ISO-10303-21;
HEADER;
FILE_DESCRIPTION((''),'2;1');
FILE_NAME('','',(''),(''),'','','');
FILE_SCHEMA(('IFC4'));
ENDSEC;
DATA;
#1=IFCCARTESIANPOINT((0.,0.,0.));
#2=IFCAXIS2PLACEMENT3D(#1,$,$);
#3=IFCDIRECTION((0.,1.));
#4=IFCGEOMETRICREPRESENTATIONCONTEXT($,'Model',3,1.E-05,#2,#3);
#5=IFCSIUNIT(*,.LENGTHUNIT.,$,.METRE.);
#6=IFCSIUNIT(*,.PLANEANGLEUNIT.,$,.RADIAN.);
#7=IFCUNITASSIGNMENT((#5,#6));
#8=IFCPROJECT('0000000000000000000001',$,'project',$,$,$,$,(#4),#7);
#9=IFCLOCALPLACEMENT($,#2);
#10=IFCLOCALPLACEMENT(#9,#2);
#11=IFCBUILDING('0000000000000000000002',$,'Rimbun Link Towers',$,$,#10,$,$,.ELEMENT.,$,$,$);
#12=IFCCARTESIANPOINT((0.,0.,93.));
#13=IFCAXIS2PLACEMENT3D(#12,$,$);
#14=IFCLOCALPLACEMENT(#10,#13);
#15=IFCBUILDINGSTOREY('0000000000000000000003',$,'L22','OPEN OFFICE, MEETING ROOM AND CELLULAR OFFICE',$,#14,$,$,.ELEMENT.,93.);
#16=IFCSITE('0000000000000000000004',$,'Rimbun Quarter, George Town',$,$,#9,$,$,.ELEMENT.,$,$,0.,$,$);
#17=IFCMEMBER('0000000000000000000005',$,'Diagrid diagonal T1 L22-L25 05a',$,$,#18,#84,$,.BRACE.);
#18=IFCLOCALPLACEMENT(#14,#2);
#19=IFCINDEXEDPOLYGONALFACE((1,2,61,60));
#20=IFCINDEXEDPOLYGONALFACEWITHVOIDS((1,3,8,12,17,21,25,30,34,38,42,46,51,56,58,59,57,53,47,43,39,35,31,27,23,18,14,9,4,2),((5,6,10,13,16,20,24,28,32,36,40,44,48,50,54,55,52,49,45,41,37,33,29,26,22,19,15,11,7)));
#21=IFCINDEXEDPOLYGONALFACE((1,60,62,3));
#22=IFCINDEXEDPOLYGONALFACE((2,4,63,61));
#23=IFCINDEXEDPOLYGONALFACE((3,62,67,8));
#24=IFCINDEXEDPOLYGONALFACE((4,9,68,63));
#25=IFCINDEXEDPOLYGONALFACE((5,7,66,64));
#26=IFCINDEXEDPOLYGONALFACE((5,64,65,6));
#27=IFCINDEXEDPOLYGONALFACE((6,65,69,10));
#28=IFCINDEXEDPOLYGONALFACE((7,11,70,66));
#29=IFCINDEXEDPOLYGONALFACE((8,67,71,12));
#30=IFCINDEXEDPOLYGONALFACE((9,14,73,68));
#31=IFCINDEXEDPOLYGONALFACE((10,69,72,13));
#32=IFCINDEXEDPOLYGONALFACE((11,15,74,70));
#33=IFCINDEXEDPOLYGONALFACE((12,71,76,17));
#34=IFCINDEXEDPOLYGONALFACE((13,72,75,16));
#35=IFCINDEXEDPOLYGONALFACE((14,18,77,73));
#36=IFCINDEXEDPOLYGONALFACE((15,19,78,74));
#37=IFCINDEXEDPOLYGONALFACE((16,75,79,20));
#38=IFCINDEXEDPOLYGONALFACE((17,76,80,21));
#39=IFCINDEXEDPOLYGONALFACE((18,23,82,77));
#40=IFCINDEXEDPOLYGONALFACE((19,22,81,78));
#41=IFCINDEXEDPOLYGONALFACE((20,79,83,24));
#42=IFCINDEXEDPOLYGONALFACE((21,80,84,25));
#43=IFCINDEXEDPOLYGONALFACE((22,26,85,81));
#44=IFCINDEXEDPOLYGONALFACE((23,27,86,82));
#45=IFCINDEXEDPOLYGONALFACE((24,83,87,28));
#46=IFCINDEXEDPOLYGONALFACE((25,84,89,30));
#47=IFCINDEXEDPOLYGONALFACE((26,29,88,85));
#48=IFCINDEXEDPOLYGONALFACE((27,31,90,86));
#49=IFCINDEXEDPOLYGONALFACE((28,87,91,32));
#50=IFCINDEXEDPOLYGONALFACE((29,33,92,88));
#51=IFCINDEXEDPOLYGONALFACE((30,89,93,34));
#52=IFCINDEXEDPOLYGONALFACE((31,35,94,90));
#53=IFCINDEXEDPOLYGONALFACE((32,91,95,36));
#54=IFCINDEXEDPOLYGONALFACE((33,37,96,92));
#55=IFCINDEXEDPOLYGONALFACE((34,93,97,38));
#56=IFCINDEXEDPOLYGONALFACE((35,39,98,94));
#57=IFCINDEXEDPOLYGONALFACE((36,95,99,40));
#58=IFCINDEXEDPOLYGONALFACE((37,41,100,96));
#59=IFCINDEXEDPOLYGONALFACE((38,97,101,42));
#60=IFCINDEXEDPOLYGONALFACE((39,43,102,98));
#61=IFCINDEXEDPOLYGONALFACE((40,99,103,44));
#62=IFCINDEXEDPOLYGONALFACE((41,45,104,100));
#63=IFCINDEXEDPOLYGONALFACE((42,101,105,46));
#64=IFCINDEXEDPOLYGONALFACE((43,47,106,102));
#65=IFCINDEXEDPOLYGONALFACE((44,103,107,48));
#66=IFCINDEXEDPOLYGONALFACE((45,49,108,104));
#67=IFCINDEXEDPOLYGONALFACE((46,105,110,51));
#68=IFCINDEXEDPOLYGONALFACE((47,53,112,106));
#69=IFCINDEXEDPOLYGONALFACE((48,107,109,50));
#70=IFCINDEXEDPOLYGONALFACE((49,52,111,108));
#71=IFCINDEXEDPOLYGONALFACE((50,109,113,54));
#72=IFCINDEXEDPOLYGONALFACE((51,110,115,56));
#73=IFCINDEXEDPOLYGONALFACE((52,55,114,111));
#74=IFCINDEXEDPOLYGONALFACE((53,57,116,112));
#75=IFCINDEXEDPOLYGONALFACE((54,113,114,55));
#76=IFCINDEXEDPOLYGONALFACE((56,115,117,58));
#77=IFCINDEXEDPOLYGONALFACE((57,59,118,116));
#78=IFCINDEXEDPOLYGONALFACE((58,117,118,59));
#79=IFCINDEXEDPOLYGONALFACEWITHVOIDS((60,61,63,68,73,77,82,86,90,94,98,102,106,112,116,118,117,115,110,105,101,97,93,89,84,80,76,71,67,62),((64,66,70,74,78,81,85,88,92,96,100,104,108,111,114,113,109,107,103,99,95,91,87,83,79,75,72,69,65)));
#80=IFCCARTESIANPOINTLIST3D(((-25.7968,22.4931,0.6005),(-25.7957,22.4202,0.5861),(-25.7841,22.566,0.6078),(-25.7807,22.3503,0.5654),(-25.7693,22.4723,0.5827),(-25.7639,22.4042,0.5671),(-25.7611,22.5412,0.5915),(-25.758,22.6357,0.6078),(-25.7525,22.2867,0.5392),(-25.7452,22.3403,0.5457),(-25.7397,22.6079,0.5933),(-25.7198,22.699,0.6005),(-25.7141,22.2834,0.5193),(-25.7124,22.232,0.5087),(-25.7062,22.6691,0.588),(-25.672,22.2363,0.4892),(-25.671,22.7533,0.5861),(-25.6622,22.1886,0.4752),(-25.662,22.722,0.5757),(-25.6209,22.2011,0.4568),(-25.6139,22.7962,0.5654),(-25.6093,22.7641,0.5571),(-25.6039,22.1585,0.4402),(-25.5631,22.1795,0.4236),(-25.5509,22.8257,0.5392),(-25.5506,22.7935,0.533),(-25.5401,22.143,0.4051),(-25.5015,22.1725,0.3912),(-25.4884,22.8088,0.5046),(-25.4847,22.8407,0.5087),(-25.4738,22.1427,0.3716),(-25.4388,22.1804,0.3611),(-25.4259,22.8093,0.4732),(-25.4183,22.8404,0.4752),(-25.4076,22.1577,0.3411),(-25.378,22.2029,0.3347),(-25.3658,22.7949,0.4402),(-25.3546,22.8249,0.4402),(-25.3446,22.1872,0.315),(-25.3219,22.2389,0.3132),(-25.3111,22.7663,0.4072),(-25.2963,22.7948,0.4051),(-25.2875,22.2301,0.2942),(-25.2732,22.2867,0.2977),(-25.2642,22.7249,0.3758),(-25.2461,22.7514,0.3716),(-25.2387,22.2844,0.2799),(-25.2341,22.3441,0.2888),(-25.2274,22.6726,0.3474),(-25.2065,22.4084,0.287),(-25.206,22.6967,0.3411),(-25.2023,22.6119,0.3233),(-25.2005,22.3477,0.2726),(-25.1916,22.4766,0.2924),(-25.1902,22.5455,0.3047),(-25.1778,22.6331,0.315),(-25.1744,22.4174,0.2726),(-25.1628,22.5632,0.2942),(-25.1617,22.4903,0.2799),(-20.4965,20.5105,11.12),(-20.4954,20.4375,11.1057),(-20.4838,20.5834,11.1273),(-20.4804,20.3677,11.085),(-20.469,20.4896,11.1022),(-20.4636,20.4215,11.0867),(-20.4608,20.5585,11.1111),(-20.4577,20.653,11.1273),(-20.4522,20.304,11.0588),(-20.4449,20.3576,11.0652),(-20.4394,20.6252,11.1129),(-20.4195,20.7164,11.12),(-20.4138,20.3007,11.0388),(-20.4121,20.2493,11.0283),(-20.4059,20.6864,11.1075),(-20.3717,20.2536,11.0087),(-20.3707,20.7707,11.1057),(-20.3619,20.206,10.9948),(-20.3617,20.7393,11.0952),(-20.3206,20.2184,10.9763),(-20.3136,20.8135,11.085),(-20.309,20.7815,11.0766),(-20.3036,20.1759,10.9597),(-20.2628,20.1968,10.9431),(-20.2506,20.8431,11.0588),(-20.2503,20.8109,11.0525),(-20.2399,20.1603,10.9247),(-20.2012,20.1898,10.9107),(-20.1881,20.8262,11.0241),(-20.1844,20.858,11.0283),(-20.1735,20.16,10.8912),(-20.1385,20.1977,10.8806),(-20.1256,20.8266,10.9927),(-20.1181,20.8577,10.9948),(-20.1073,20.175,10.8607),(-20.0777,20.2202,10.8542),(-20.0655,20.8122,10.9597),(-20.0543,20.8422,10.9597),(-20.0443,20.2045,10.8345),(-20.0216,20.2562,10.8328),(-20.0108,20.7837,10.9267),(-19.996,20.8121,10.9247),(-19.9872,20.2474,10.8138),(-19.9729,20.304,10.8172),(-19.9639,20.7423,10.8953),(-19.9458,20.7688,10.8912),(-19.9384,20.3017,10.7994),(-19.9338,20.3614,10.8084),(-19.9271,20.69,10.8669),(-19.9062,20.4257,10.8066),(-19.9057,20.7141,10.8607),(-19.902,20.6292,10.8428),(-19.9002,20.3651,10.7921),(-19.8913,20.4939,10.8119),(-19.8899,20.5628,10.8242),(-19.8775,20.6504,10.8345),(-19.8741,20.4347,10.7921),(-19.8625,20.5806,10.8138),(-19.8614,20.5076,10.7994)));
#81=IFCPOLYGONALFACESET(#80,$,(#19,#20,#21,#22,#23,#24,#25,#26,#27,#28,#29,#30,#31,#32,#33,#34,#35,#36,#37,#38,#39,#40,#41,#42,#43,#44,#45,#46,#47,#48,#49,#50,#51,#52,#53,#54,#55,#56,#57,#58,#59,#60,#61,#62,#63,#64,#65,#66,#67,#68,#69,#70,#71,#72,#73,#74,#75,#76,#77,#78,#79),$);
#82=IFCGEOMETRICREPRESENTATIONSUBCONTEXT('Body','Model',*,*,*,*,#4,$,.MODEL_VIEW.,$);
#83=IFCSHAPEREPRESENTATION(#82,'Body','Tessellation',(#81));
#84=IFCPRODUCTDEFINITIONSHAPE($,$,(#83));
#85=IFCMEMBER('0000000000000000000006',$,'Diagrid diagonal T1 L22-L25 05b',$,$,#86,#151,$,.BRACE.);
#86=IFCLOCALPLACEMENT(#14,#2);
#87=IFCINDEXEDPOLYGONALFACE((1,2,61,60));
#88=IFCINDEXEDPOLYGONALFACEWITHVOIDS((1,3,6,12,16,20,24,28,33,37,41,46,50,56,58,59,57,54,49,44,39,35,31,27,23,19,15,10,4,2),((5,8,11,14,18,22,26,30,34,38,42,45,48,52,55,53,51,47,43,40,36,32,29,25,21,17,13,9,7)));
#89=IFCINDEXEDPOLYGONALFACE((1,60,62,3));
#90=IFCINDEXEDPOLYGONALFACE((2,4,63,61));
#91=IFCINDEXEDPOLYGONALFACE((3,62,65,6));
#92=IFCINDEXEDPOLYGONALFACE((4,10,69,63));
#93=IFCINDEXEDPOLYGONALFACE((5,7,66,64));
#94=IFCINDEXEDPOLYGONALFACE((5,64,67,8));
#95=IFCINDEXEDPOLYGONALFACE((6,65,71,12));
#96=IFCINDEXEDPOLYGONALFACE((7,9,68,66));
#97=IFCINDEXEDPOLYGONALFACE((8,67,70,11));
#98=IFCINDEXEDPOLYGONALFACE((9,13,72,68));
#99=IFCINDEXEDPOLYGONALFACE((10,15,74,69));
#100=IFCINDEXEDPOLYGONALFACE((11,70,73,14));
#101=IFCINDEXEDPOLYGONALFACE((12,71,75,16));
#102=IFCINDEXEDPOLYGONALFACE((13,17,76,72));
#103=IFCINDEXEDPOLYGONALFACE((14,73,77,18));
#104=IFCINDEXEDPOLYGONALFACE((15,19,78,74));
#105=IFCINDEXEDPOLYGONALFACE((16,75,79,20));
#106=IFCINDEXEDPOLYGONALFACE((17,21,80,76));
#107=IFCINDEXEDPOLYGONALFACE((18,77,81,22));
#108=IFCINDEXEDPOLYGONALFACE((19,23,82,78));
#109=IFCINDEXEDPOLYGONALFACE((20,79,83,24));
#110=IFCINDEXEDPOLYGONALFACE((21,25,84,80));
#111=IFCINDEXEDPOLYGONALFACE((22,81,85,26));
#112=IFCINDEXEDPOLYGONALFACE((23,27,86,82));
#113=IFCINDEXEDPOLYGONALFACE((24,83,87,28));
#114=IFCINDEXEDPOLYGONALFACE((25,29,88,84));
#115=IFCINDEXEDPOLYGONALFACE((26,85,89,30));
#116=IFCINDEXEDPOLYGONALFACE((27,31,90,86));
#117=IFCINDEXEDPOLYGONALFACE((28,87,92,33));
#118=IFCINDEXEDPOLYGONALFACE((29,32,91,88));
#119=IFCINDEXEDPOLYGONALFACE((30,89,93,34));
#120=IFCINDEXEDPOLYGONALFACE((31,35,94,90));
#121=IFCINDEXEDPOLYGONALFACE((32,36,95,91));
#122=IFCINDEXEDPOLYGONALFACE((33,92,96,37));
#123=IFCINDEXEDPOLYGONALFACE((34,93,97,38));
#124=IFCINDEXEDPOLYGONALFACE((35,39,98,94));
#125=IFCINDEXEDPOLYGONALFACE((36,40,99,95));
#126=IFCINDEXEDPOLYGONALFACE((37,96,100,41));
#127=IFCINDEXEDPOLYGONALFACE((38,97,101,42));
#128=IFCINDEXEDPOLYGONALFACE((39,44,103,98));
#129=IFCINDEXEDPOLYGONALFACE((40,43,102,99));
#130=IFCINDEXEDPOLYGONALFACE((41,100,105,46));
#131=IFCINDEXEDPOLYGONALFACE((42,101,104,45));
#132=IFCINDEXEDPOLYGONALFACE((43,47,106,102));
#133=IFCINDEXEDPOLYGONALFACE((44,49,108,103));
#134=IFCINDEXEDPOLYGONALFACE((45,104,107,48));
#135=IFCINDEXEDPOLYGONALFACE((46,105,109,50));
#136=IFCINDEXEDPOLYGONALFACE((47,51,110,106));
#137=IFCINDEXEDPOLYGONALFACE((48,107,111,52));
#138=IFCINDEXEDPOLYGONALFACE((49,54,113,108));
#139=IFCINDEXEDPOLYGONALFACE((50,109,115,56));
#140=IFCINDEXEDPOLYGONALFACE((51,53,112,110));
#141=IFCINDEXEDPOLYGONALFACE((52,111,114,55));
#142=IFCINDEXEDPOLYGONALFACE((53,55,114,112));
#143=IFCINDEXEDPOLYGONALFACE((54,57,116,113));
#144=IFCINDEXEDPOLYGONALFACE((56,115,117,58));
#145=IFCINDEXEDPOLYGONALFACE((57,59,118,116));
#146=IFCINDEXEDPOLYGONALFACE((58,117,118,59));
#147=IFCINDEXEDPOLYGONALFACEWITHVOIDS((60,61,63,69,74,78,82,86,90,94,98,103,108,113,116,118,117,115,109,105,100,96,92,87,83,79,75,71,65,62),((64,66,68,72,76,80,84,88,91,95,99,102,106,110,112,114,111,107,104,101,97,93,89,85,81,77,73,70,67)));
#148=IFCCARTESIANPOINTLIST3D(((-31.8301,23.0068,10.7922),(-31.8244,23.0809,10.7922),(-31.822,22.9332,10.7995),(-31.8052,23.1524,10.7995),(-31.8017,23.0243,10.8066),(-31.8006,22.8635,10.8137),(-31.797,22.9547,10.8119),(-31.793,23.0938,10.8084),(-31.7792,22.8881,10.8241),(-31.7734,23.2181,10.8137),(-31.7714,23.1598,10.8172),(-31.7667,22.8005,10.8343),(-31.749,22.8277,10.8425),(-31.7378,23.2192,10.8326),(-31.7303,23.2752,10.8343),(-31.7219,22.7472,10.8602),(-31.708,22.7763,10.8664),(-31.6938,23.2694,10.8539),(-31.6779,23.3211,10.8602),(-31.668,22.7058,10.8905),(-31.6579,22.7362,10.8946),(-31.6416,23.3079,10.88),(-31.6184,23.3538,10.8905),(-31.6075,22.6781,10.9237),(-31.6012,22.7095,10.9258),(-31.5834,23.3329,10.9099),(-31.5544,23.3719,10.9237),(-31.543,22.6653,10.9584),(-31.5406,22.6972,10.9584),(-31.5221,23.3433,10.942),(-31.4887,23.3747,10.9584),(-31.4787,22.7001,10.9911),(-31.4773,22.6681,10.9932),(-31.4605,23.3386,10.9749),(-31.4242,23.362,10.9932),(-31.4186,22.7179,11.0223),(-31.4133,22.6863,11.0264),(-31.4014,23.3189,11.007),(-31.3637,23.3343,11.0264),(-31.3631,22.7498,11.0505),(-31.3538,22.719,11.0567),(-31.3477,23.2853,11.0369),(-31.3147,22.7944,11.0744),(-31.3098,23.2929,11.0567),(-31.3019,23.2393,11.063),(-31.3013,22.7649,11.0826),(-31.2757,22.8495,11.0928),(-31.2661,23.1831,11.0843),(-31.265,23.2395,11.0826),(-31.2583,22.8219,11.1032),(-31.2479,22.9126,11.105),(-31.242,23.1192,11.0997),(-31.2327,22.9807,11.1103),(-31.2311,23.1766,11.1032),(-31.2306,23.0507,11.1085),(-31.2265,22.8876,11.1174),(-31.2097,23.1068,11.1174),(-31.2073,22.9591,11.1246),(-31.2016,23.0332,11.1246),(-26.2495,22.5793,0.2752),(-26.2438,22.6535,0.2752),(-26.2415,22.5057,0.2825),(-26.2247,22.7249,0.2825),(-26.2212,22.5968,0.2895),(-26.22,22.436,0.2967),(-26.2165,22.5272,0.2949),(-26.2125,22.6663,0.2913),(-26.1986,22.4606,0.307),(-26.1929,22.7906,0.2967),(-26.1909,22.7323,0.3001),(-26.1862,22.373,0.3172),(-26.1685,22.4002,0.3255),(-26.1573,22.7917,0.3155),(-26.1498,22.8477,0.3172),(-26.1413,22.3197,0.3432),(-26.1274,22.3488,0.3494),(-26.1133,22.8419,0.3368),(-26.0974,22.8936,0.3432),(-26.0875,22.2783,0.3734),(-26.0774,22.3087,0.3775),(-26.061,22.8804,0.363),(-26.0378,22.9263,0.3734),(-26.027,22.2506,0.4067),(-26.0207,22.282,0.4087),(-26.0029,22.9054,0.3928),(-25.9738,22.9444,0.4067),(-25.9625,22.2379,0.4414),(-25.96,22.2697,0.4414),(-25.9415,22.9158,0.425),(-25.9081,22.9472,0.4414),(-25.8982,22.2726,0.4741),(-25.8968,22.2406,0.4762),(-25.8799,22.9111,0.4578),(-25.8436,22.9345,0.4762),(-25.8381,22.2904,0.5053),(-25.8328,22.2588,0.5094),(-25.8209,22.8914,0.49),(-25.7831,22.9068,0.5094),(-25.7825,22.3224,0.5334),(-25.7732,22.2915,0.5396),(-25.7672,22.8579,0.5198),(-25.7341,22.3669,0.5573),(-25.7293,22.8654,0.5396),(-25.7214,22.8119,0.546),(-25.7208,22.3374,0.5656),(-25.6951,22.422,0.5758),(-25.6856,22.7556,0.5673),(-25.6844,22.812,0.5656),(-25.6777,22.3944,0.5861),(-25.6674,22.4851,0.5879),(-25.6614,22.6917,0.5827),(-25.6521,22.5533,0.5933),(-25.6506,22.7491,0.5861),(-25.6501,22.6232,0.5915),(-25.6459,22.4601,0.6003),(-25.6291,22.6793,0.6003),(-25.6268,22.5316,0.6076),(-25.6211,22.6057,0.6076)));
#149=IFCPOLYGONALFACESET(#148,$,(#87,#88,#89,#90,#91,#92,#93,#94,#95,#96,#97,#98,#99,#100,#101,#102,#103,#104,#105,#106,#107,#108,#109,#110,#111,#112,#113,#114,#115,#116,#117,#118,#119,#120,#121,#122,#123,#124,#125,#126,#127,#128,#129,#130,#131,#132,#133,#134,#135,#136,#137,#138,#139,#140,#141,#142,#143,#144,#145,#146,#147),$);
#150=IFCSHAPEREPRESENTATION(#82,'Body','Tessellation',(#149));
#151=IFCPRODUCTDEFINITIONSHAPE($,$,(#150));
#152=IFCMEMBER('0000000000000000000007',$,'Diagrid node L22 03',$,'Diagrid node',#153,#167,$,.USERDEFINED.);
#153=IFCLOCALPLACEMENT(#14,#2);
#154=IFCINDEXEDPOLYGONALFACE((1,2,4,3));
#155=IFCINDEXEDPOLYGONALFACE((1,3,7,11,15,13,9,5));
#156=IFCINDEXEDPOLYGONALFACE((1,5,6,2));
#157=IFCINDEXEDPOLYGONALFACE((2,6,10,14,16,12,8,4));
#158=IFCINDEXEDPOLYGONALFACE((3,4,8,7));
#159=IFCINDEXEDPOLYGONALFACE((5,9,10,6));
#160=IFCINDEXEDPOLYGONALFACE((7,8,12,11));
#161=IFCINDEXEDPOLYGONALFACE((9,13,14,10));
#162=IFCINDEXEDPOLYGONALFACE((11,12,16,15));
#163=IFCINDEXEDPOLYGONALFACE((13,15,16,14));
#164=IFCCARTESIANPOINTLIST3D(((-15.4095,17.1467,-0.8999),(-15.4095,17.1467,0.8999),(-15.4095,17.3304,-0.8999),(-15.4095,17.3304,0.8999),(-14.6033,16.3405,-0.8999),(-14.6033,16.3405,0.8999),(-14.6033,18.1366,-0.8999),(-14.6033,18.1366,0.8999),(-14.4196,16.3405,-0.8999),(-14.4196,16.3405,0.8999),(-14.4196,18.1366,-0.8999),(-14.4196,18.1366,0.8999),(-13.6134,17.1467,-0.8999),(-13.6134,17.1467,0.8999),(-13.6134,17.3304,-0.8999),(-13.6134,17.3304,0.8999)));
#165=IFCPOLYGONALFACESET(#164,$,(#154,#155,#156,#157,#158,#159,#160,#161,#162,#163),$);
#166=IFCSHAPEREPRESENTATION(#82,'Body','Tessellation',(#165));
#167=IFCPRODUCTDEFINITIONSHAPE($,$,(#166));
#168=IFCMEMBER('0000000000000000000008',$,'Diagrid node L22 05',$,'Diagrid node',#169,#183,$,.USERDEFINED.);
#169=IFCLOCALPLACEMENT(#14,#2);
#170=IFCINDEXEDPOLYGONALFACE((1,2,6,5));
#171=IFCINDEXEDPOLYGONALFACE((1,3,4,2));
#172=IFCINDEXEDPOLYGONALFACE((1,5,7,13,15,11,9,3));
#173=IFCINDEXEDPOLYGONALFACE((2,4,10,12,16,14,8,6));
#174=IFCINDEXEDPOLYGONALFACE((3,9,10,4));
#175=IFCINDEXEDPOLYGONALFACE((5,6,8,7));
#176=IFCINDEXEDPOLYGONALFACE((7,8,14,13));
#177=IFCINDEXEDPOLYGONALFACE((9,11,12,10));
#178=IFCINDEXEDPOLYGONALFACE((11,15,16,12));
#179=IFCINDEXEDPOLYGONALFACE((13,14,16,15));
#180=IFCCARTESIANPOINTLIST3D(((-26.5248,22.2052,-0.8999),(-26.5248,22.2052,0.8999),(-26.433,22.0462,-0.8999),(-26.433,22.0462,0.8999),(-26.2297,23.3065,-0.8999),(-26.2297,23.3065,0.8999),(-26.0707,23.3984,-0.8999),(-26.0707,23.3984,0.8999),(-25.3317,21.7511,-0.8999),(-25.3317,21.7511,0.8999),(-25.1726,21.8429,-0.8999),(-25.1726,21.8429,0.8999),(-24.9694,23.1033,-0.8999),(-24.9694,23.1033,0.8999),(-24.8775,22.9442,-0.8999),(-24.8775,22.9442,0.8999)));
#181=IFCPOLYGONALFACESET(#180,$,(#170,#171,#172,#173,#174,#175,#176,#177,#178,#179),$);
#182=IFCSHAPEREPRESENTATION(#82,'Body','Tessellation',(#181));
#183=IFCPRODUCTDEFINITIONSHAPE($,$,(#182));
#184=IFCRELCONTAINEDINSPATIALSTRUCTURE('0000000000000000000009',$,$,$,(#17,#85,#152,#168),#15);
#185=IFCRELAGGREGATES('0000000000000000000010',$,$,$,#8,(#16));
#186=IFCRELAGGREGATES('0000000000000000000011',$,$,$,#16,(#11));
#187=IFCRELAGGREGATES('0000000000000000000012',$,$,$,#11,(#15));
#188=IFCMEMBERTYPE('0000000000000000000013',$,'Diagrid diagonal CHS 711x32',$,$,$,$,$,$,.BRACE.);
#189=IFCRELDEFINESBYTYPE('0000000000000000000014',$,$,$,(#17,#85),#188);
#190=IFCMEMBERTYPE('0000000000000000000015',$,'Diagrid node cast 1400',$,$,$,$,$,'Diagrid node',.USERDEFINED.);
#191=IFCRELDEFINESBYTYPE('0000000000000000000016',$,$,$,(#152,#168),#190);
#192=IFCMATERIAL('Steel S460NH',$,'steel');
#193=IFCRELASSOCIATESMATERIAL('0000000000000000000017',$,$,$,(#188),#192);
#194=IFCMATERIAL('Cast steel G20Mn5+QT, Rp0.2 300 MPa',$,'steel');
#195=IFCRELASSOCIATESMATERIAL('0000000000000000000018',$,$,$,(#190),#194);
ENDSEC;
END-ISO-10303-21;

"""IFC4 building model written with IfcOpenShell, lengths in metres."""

from ifc_helpers import new_model, si_unit, direction, frame, origin, origin_2d, place, context, subcontext, project, spatial, polyline, hollow_circle, outline, extrude, material, material_profile, profile_set, type_object, element, save


model = new_model("IFC4")

# Units and contexts
model_context = context("Model", 3, precision=1e-05, world=origin(), true_north=direction((0.0, 1.0)))
body_context = subcontext(model_context, "Body", "Model", "MODEL_VIEW")
ifc_project = project(units=[si_unit("LENGTHUNIT", "METRE"), si_unit("PLANEANGLEUNIT", "RADIAN")], contexts=[model_context])

# Site, building, storey
site_placement = place(None, origin())
site = spatial("IfcSite", under=ifc_project, at=site_placement, Name="Rimbun Quarter, George Town", CompositionType="ELEMENT", RefElevation=0.0)
building_placement = place(site_placement, origin())
building = spatial("IfcBuilding", under=site, at=building_placement, Name="Rimbun Link Towers", CompositionType="ELEMENT")
storey_placement = place(building_placement, frame((0.0, 0.0, 93.0)))
storey = spatial("IfcBuildingStorey", under=building, at=storey_placement, Name="L22", Description="OPEN OFFICE, MEETING ROOM AND CELLULAR OFFICE", CompositionType="ELEMENT", Elevation=93.0)

# Members
ifc_material_1 = material(Name="Steel S460NH", Category="steel")
ifc_material_profile_1 = material_profile(ifc_material_1, hollow_circle(Radius=0.3557, WallThickness=0.032, at=origin_2d()), Name="Diagrid diagonal CHS 711x32")
ifc_profile_set_1 = profile_set([ifc_material_profile_1], Name="Steel S460NH")
member_type_1 = type_object("IfcMemberType", Name="Diagrid diagonal CHS 711x32", PredefinedType="BRACE", material=ifc_profile_set_1)
member_1_placement = place(storey_placement, frame((-25.4792, 22.4917, 0.4402), z_axis=(0.443722, -0.165982, 0.880659), x_axis=(0.350357, 0.936616, 0.0)))
element("IfcMember", 1, at=member_1_placement, inside=storey, type_object=member_type_1, Name="Diagrid diagonal T1 L22-L25 05a", PredefinedType="BRACE", context=body_context, shape_type="SweptSolid", body=[
    extrude(hollow_circle(Radius=0.3557, WallThickness=0.032, at=origin_2d()), origin(), (0.0, 0.0, 1.0), 11.9451),
])
member_2_placement = place(storey_placement, frame((-25.9353, 22.5925, 0.4414), z_axis=(-0.468419, 0.035882, 0.882778), x_axis=(-0.07638, -0.997079, 0.0)))
element("IfcMember", 2, at=member_2_placement, inside=storey, type_object=member_type_1, Name="Diagrid diagonal T1 L22-L25 05b", PredefinedType="BRACE", context=body_context, shape_type="SweptSolid", body=[
    extrude(hollow_circle(Radius=0.3557, WallThickness=0.032, at=origin_2d()), origin(), (0.0, 0.0, 1.0), 11.9136),
])
ifc_material_2 = material(Name="Cast steel G20Mn5+QT, Rp0.2 300 MPa", Category="steel")
ifc_material_profile_2 = material_profile(ifc_material_2, outline(polyline([(0.7, -0.5701), (0.7, 0.5701), (0.5701, 0.7), (-0.5701, 0.7), (-0.7, 0.5701), (-0.7, -0.5701), (-0.5701, -0.7), (0.5701, -0.7), (0.7, -0.5701)])), Name="NODE 1400x1400")
ifc_profile_set_2 = profile_set([ifc_material_profile_2], Name="Cast steel G20Mn5+QT, Rp0.2 300 MPa")
member_type_2 = type_object("IfcMemberType", Name="Diagrid node cast 1400", ElementType="Diagrid node", PredefinedType="USERDEFINED", material=ifc_profile_set_2)
for number, where, z_axis, x_axis, name in (
    (3, (-14.5115, 17.2385, -0.8999), (0.0, 0.0, 1.0), (0.707107, 0.707107, 0.0), "Diagrid node L22 03"),
    (4, (-25.7012, 22.5747, -0.8999), (0.0, 0.0, 1.0), (0.258819, 0.965926, 0.0), "Diagrid node L22 05"),
):
    element("IfcMember", number, at=place(storey_placement, frame(where, z_axis=z_axis, x_axis=x_axis)), inside=storey, type_object=member_type_2, Name=name, ObjectType="Diagrid node", PredefinedType="USERDEFINED", context=body_context, shape_type="SweptSolid", body=[
        extrude(outline(polyline([(0.7, -0.5701), (0.7, 0.5701), (0.5701, 0.7), (-0.5701, 0.7), (-0.7, 0.5701), (-0.7, -0.5701), (-0.5701, -0.7), (0.5701, -0.7), (0.7, -0.5701)])), origin(), (0.0, 0.0, 1.0), 1.7998),
    ])

save(model, "model.ifc")
